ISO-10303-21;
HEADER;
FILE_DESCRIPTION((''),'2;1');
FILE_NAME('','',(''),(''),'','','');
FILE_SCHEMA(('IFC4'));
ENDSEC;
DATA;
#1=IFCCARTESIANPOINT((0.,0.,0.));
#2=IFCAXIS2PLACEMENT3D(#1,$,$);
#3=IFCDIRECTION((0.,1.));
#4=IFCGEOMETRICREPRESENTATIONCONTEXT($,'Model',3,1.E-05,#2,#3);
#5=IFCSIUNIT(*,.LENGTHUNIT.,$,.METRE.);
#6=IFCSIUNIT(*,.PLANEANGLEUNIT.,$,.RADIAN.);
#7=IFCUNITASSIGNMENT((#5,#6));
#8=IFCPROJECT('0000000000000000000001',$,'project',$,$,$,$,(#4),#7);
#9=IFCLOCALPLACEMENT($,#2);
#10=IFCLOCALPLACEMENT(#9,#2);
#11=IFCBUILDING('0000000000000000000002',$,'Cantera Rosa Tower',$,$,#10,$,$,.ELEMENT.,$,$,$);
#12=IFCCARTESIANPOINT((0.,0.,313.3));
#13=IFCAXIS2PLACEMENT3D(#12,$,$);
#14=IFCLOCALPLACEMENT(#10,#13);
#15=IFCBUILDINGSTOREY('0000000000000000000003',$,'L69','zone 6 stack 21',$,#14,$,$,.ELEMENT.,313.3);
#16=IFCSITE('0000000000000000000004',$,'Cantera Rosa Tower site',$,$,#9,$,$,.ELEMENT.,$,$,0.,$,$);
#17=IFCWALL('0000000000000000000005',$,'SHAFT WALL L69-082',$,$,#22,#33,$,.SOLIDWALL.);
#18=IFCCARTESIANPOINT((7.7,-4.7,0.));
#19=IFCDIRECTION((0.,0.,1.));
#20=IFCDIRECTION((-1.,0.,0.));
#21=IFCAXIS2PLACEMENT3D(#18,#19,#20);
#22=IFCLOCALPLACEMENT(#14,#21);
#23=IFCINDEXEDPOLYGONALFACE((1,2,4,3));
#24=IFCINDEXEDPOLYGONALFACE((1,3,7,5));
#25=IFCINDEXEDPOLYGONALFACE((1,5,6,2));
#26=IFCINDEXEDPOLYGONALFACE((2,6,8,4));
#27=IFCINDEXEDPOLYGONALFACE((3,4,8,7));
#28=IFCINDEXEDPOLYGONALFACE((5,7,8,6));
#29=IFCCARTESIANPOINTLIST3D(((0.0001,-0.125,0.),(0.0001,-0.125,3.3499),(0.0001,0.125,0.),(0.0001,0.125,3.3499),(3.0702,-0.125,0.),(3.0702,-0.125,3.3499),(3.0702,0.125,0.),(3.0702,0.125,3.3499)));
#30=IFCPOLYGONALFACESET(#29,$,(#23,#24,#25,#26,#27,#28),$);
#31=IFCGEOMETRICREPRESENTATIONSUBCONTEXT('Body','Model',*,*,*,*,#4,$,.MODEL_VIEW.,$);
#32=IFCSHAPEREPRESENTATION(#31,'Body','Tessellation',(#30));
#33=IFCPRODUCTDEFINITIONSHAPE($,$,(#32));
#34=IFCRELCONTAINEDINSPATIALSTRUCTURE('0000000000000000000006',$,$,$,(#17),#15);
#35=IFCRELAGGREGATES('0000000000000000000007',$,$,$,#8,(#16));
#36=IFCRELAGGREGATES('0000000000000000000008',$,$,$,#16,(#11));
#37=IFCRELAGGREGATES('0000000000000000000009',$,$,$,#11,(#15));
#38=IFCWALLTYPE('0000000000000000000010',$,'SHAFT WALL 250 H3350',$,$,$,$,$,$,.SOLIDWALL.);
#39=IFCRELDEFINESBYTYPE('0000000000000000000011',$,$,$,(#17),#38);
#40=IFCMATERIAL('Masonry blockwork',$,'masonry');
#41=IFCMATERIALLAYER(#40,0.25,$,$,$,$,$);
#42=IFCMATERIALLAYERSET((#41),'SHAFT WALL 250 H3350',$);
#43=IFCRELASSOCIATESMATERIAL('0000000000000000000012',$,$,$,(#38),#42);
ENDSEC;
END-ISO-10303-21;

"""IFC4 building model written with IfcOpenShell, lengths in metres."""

from ifc_helpers import new_model, si_unit, direction, frame, frame_2d, origin, place, context, subcontext, project, spatial, rectangle, extrude, material, layer, layer_set, type_object, element, save


model = new_model("IFC4")

# Units and contexts
model_context = context("Model", 3, precision=1e-05, world=origin(), true_north=direction((0.0, 1.0)))
body_context = subcontext(model_context, "Body", "Model", "MODEL_VIEW")
ifc_project = project(units=[si_unit("LENGTHUNIT", "METRE"), si_unit("PLANEANGLEUNIT", "RADIAN")], contexts=[model_context])

# Site, building, storey
site_placement = place(None, origin())
site = spatial("IfcSite", under=ifc_project, at=site_placement, Name="Cantera Rosa Tower site", CompositionType="ELEMENT", RefElevation=0.0)
building_placement = place(site_placement, origin())
building = spatial("IfcBuilding", under=site, at=building_placement, Name="Cantera Rosa Tower", CompositionType="ELEMENT")
storey_placement = place(building_placement, frame((0.0, 0.0, 313.3)))
storey = spatial("IfcBuildingStorey", under=building, at=storey_placement, Name="L69", Description="zone 6 stack 21", CompositionType="ELEMENT", Elevation=313.3)

# Wall
ifc_material_1 = material(Name="Masonry blockwork", Category="masonry")
ifc_layer_1 = layer(ifc_material_1, 0.25)
ifc_layer_set_1 = layer_set([ifc_layer_1], Name="SHAFT WALL 250 H3350")
wall_type_1 = type_object("IfcWallType", Name="SHAFT WALL 250 H3350", PredefinedType="SOLIDWALL", material=ifc_layer_set_1)
wall_1_placement = place(storey_placement, frame((7.7, -4.7, 0.0), z_axis=(0.0, 0.0, 1.0), x_axis=(-1.0, 0.0, 0.0)))
element("IfcWall", 1, at=wall_1_placement, inside=storey, type_object=wall_type_1, Name="SHAFT WALL L69-082", PredefinedType="SOLIDWALL", context=body_context, shape_type="SweptSolid", body=[
    extrude(rectangle(XDim=3.0701, YDim=0.25, at=frame_2d((1.5352, 0.0))), origin(), (0.0, 0.0, 1.0), 3.3499),
])

save(model, "model.ifc")
